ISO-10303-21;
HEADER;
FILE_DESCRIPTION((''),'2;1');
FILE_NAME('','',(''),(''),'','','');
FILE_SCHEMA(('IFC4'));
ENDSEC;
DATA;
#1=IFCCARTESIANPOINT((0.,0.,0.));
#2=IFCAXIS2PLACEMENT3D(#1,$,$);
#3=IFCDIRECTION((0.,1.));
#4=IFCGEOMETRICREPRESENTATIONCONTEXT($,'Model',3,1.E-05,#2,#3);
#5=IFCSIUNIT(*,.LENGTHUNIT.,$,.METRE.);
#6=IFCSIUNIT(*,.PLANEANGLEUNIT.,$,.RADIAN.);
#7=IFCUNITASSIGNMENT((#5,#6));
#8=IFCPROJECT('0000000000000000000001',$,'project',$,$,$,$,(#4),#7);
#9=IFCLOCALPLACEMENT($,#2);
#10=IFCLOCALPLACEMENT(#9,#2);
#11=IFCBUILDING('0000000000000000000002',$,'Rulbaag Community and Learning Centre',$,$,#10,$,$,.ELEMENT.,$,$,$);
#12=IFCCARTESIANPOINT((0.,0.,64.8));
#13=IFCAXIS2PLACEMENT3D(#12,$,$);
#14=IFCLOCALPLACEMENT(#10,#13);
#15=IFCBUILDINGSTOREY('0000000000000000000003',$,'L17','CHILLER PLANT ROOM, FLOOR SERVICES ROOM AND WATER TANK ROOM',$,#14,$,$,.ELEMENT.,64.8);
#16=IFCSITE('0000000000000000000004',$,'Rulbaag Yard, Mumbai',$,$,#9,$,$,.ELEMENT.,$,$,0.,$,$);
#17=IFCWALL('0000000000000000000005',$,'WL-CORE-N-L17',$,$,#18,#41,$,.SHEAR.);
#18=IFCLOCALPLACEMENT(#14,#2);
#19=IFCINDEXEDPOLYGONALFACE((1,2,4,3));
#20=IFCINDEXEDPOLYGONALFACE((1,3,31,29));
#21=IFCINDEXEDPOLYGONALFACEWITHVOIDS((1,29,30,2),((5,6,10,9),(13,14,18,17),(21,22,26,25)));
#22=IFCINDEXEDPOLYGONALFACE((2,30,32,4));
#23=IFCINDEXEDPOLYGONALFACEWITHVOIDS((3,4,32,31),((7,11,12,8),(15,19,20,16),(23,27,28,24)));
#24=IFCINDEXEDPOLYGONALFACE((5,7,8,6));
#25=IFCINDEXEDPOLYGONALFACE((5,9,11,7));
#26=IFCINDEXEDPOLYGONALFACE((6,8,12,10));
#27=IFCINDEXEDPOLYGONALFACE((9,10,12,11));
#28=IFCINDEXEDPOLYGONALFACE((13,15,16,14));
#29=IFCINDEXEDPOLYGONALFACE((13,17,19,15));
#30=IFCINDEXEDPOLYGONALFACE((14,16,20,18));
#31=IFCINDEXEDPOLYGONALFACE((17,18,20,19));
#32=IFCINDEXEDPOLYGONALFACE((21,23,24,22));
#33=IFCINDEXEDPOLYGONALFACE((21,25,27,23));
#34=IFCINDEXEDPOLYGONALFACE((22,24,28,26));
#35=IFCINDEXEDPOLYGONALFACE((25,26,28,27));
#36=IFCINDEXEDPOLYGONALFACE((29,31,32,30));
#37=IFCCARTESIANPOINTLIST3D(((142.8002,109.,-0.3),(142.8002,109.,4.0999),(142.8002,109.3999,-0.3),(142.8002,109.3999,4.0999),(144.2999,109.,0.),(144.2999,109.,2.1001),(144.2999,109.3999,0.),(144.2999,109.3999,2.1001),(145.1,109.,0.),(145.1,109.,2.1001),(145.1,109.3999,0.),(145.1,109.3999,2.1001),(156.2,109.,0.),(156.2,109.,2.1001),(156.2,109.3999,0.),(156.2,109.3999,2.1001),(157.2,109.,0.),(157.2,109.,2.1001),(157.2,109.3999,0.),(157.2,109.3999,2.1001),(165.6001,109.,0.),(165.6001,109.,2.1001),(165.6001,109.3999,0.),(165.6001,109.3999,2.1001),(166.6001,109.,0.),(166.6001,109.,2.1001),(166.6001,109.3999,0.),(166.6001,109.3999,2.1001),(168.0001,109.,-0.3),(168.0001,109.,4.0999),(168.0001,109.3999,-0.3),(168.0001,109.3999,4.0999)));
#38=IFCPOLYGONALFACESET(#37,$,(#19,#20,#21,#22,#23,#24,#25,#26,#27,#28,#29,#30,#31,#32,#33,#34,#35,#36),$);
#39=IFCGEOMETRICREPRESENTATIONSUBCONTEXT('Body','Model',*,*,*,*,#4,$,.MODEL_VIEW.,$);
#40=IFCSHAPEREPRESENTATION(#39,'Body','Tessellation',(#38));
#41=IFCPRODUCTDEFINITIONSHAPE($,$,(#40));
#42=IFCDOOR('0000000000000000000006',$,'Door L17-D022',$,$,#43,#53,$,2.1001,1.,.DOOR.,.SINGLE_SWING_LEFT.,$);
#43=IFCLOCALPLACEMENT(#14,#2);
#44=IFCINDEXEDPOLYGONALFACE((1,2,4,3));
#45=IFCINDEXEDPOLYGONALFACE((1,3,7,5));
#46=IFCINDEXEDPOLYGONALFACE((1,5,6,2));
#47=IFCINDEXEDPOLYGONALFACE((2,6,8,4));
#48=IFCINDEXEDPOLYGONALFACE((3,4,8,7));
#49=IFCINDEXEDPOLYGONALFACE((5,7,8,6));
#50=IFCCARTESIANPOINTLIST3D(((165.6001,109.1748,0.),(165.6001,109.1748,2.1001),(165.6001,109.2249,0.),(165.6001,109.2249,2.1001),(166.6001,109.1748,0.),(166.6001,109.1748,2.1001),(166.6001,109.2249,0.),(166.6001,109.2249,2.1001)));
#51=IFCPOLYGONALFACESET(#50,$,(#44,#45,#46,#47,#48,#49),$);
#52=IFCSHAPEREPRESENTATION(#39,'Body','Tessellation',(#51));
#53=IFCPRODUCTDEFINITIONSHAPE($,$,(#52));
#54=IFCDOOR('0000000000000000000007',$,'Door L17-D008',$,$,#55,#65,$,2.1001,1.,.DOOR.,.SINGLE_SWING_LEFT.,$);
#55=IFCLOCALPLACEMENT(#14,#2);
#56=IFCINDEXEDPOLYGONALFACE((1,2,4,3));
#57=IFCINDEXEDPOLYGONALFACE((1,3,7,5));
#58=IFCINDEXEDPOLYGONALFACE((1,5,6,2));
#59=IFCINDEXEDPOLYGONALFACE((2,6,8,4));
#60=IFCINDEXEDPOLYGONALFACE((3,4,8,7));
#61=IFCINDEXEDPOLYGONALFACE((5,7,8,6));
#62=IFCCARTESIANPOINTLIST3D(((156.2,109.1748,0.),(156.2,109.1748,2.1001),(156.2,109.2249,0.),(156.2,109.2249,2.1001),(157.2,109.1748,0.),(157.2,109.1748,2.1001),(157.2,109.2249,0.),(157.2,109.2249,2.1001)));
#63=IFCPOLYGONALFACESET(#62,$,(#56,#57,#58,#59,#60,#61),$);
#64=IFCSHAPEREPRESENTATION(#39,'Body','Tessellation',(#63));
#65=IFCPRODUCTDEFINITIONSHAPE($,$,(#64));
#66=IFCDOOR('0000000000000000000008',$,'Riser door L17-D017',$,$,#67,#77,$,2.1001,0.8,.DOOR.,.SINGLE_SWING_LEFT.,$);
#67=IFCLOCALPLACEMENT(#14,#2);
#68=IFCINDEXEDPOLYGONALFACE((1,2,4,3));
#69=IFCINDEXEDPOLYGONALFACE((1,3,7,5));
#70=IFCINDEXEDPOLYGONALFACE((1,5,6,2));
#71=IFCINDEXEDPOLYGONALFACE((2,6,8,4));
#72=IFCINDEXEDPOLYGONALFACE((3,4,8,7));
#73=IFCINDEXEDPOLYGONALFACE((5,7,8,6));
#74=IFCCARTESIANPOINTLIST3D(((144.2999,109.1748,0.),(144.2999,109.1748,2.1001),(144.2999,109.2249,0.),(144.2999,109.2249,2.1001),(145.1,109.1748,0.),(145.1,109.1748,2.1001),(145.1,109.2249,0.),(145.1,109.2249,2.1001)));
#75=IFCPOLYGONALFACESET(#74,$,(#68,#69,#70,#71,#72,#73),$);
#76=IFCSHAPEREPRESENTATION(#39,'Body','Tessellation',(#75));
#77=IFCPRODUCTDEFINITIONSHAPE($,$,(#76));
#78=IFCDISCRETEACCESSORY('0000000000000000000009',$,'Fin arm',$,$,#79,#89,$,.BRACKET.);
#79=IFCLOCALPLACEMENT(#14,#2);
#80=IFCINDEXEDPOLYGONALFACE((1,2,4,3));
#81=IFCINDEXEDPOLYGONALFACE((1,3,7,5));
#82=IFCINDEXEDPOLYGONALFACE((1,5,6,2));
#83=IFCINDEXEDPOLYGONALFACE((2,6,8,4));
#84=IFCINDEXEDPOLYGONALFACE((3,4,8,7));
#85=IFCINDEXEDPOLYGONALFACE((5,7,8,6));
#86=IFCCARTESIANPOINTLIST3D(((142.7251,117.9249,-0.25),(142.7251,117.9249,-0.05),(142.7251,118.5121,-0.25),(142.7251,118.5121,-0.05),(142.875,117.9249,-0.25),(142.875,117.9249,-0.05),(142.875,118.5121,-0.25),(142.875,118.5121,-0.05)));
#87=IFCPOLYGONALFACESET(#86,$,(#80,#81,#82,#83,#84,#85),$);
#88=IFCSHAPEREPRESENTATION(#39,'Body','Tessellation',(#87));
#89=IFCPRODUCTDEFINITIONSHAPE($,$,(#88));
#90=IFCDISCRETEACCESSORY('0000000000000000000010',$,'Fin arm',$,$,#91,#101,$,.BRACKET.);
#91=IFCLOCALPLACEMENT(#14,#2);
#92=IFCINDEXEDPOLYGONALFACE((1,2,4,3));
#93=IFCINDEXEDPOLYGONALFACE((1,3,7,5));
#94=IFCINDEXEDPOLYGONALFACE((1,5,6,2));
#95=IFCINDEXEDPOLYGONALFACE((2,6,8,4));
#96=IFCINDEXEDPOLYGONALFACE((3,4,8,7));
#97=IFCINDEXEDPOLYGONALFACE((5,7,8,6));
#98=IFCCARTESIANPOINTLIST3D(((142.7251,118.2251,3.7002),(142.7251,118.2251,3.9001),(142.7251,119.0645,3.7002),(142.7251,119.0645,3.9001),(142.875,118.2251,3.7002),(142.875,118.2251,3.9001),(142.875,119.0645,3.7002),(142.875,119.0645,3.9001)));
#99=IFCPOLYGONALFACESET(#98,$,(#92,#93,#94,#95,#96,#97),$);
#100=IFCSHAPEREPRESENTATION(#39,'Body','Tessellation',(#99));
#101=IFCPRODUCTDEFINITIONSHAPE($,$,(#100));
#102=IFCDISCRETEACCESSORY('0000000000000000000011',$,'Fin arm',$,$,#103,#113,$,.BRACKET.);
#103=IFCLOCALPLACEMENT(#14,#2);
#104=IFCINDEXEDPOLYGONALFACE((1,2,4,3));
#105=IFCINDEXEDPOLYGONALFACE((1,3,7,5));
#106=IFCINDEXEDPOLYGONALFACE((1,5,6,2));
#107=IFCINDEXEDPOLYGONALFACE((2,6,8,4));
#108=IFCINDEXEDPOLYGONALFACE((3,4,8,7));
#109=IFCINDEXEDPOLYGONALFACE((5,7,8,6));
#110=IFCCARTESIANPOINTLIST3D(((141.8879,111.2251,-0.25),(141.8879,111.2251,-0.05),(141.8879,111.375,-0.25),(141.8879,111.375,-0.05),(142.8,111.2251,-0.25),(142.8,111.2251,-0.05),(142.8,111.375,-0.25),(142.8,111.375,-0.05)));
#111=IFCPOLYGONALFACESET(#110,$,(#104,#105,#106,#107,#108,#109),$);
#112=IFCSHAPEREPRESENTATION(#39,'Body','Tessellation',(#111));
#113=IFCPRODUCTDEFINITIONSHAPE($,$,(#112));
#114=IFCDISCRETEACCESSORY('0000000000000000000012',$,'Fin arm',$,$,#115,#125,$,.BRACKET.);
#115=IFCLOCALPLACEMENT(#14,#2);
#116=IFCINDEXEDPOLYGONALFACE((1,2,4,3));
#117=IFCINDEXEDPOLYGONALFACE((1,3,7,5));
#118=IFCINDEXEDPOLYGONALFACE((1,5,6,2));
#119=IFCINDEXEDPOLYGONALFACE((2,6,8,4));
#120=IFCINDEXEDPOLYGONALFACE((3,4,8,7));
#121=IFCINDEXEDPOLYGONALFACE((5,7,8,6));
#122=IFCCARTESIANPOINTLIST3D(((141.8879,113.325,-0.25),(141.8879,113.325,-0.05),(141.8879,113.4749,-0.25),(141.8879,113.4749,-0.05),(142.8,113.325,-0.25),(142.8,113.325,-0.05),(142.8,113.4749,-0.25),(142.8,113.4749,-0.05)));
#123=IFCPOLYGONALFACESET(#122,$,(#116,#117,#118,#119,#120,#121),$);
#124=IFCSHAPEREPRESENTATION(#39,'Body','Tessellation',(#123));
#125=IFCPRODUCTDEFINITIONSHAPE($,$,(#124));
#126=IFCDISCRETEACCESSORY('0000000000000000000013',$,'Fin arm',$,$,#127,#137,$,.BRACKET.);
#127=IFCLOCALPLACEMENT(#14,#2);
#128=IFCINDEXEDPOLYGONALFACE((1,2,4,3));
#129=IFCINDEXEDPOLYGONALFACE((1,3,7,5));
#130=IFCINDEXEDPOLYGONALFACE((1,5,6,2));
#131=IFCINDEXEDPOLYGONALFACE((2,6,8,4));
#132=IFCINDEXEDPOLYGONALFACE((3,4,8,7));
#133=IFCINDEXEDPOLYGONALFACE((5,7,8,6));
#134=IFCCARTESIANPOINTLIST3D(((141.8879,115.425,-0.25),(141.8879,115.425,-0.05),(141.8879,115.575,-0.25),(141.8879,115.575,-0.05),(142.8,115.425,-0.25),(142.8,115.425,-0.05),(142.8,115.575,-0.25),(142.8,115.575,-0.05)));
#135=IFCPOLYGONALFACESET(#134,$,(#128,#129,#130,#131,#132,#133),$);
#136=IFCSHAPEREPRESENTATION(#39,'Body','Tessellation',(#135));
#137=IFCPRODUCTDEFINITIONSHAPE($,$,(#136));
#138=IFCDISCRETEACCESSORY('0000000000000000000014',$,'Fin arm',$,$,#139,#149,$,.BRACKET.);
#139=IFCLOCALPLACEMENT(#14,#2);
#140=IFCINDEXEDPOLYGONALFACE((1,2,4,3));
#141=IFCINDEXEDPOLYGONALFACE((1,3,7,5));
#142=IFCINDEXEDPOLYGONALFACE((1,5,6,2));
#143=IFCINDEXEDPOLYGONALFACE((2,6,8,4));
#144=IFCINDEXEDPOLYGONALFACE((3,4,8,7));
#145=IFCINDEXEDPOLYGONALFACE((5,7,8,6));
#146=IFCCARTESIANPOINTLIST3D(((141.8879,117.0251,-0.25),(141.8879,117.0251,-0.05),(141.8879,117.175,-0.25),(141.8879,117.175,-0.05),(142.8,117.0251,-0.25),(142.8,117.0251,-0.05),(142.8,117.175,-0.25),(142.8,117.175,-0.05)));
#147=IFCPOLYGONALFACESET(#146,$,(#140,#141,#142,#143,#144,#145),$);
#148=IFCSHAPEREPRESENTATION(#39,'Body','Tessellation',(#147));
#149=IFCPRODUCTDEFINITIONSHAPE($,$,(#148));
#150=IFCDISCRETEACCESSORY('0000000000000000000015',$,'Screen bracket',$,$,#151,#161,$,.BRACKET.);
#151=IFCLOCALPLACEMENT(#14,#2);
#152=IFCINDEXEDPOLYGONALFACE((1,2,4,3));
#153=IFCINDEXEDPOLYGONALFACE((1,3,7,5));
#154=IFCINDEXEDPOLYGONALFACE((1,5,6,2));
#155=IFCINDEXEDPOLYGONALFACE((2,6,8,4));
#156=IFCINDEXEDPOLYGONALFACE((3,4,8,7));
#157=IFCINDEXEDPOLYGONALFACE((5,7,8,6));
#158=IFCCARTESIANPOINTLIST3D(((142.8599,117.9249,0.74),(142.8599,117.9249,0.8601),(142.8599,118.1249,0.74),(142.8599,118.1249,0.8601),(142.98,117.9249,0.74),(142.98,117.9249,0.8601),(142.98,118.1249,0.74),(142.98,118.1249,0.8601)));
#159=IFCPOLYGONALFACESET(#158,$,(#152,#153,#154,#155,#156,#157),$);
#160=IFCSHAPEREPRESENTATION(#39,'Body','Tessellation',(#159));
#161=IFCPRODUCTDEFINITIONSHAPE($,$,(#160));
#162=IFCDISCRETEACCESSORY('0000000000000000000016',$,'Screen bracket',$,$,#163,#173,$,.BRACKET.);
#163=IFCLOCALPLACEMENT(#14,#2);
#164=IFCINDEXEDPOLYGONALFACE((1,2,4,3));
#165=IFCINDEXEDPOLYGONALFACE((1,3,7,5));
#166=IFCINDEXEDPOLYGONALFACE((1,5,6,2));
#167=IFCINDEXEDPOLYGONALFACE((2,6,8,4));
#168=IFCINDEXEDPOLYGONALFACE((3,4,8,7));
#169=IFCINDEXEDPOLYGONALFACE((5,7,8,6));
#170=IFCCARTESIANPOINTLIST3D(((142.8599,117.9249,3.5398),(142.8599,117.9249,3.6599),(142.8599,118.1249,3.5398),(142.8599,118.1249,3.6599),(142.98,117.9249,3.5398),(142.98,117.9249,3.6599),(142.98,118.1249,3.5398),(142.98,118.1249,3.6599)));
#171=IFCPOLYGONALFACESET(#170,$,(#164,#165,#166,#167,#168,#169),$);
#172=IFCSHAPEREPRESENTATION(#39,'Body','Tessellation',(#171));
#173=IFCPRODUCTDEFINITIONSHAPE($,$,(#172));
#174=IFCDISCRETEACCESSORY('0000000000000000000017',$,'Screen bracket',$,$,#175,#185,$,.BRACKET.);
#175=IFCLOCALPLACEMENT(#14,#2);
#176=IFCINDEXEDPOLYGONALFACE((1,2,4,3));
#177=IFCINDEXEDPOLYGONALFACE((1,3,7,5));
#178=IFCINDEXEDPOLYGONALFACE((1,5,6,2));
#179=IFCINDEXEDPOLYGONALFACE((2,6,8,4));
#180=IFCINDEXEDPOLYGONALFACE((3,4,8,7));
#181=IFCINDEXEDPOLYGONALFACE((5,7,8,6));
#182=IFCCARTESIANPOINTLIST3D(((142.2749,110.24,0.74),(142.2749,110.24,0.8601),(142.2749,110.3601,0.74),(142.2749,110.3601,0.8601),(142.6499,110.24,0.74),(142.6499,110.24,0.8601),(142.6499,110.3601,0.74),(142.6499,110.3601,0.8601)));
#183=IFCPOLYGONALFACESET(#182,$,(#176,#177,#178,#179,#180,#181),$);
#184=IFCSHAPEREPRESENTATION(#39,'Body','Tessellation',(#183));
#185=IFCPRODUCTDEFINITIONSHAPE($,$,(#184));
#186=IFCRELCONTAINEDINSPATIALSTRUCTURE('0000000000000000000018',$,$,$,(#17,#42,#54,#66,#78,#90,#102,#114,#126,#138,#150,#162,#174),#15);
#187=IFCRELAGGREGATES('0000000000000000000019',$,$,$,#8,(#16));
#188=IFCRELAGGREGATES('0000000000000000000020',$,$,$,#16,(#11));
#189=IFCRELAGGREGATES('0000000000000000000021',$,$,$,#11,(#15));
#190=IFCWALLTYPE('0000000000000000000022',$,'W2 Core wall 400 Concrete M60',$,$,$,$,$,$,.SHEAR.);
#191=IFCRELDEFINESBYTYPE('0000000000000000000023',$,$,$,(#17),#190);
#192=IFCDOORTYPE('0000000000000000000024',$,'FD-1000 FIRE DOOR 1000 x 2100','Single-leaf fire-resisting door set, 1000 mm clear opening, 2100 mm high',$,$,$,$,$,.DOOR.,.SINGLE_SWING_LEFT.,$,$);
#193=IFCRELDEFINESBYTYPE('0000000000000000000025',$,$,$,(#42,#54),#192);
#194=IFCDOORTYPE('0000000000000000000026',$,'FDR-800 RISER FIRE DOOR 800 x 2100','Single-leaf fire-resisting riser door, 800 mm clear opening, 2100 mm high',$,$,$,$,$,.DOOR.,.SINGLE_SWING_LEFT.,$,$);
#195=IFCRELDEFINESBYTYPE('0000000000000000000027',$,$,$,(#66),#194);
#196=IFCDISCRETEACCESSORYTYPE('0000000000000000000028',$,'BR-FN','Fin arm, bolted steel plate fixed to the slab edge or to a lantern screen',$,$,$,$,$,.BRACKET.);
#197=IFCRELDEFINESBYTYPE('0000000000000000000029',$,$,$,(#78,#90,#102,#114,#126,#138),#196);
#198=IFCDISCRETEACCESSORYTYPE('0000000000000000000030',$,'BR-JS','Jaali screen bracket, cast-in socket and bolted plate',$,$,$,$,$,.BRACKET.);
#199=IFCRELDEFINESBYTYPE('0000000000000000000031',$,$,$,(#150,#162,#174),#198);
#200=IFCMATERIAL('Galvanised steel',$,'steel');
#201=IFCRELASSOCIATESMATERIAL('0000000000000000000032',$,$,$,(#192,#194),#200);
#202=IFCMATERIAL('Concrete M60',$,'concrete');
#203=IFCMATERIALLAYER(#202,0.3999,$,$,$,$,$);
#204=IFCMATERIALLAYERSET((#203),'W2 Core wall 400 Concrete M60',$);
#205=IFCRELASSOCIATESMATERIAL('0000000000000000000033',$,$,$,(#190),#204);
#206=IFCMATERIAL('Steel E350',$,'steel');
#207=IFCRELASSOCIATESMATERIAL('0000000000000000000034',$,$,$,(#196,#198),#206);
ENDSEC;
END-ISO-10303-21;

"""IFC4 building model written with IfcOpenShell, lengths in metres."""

from ifc_helpers import new_model, si_unit, direction, frame, frame_2d, origin, origin_2d, place, context, subcontext, project, spatial, rectangle, extrude, material, layer, layer_set, type_object, element, fill, save


model = new_model("IFC4")

# Units and contexts
model_context = context("Model", 3, precision=1e-05, world=origin(), true_north=direction((0.0, 1.0)))
body_context = subcontext(model_context, "Body", "Model", "MODEL_VIEW")
ifc_project = project(units=[si_unit("LENGTHUNIT", "METRE"), si_unit("PLANEANGLEUNIT", "RADIAN")], contexts=[model_context])

# Site, building, storey
site_placement = place(None, origin())
site = spatial("IfcSite", under=ifc_project, at=site_placement, Name="Rulbaag Yard, Mumbai", CompositionType="ELEMENT", RefElevation=0.0)
building_placement = place(site_placement, origin())
building = spatial("IfcBuilding", under=site, at=building_placement, Name="Rulbaag Community and Learning Centre", CompositionType="ELEMENT")
storey_placement = place(building_placement, frame((0.0, 0.0, 64.8)))
storey = spatial("IfcBuildingStorey", under=building, at=storey_placement, Name="L17", Description="CHILLER PLANT ROOM, FLOOR SERVICES ROOM AND WATER TANK ROOM", CompositionType="ELEMENT", Elevation=64.8)

# Wall, openings, doors
ifc_material_1 = material(Name="Galvanised steel", Category="steel")
door_type_1 = type_object("IfcDoorType", Name="FD-1000 FIRE DOOR 1000 x 2100", Description="Single-leaf fire-resisting door set, 1000 mm clear opening, 2100 mm high", OperationType="SINGLE_SWING_LEFT", PredefinedType="DOOR", material=ifc_material_1)
ifc_material_2 = material(Name="Concrete M60", Category="concrete")
ifc_layer_1 = layer(ifc_material_2, 0.3999)
ifc_layer_set_1 = layer_set([ifc_layer_1], Name="W2 Core wall 400 Concrete M60")
wall_type_1 = type_object("IfcWallType", Name="W2 Core wall 400 Concrete M60", PredefinedType="SHEAR", material=ifc_layer_set_1)
wall_1_placement = place(storey_placement, frame((142.8, 109.2, -0.3), z_axis=(0.0, 0.0, 1.0), x_axis=(1.0, 0.0, 0.0)))
wall_1 = element("IfcWall", 1, at=wall_1_placement, inside=storey, type_object=wall_type_1, Name="WL-CORE-N-L17", PredefinedType="SHEAR", context=body_context, shape_type="SweptSolid", body=[
    extrude(rectangle(XDim=25.2, YDim=0.3999, at=frame_2d((12.6001, 0.0))), origin(), (0.0, 0.0, 1.0), 4.3999),
])
opening_1_placement = place(wall_1_placement, frame((22.8, 0.0, 0.3)))
opening_1 = element("IfcOpeningElement", 2, at=opening_1_placement, cuts=wall_1, PredefinedType="OPENING", context=body_context, shape_type="SweptSolid", body=[
    extrude(rectangle(XDim=1.0, YDim=2.1001, at=frame_2d((0.5, 1.05))), frame((0.0, 0.21, 0.0), z_axis=(0.0, -1.0, 0.0), x_axis=(1.0, 0.0, 0.0)), (0.0, 0.0, 1.0), 0.4199),
])
opening_2_placement = place(wall_1_placement, frame((1.5, 0.0, 0.3)))
opening_2 = element("IfcOpeningElement", 3, at=opening_2_placement, cuts=wall_1, PredefinedType="OPENING", context=body_context, shape_type="SweptSolid", body=[
    extrude(rectangle(XDim=0.8, YDim=2.1001, at=frame_2d((0.3999, 1.05))), frame((0.0, 0.21, 0.0), z_axis=(0.0, -1.0, 0.0), x_axis=(1.0, 0.0, 0.0)), (0.0, 0.0, 1.0), 0.4199),
])
opening_3_placement = place(wall_1_placement, frame((13.3999, 0.0, 0.3)))
opening_3 = element("IfcOpeningElement", 4, at=opening_3_placement, cuts=wall_1, PredefinedType="OPENING", context=body_context, shape_type="SweptSolid", body=[
    extrude(rectangle(XDim=1.0, YDim=2.1001, at=frame_2d((0.5, 1.05))), frame((0.0, 0.21, 0.0), z_axis=(0.0, -1.0, 0.0), x_axis=(1.0, 0.0, 0.0)), (0.0, 0.0, 1.0), 0.4199),
])
door_1_placement = place(opening_1_placement, origin())
door_1 = element("IfcDoor", 5, at=door_1_placement, inside=storey, type_object=door_type_1, Name="Door L17-D022", OperationType="SINGLE_SWING_LEFT", OverallHeight=2.1001, OverallWidth=1.0, PredefinedType="DOOR", context=body_context, shape_type="SweptSolid", body=[
    extrude(rectangle(XDim=1.0, YDim=2.1001, at=frame_2d((0.5, 1.05))), frame((0.0, 0.0249, 0.0), z_axis=(0.0, -1.0, 0.0), x_axis=(1.0, 0.0, 0.0)), (0.0, 0.0, 1.0), 0.05),
])
fill(opening_1, door_1)
door_2_placement = place(opening_3_placement, origin())
door_2 = element("IfcDoor", 6, at=door_2_placement, inside=storey, type_object=door_type_1, Name="Door L17-D008", OperationType="SINGLE_SWING_LEFT", OverallHeight=2.1001, OverallWidth=1.0, PredefinedType="DOOR", context=body_context, shape_type="SweptSolid", body=[
    extrude(rectangle(XDim=1.0, YDim=2.1001, at=frame_2d((0.5, 1.05))), frame((0.0, 0.0249, 0.0), z_axis=(0.0, -1.0, 0.0), x_axis=(1.0, 0.0, 0.0)), (0.0, 0.0, 1.0), 0.05),
])
fill(opening_3, door_2)
door_type_2 = type_object("IfcDoorType", Name="FDR-800 RISER FIRE DOOR 800 x 2100", Description="Single-leaf fire-resisting riser door, 800 mm clear opening, 2100 mm high", OperationType="SINGLE_SWING_LEFT", PredefinedType="DOOR", material=ifc_material_1)
door_3_placement = place(opening_2_placement, origin())
door_3 = element("IfcDoor", 7, at=door_3_placement, inside=storey, type_object=door_type_2, Name="Riser door L17-D017", OperationType="SINGLE_SWING_LEFT", OverallHeight=2.1001, OverallWidth=0.8, PredefinedType="DOOR", context=body_context, shape_type="SweptSolid", body=[
    extrude(rectangle(XDim=0.8, YDim=2.1001, at=frame_2d((0.3999, 1.05))), frame((0.0, 0.0249, 0.0), z_axis=(0.0, -1.0, 0.0), x_axis=(1.0, 0.0, 0.0)), (0.0, 0.0, 1.0), 0.05),
])
fill(opening_2, door_3)

# Discrete accessories
ifc_material_3 = material(Name="Steel E350", Category="steel")
discrete_accessory_type_1 = type_object("IfcDiscreteAccessoryType", Name="BR-FN", Description="Fin arm, bolted steel plate fixed to the slab edge or to a lantern screen", PredefinedType="BRACKET", material=ifc_material_3)
discrete_accessory_1_placement = place(storey_placement, frame((142.8, 118.2185, -0.25), z_axis=(0.0, 0.0, 1.0), x_axis=(1.0, 0.0, 0.0)))
element("IfcDiscreteAccessory", 8, at=discrete_accessory_1_placement, inside=storey, type_object=discrete_accessory_type_1, Name="Fin arm", PredefinedType="BRACKET", context=body_context, shape_type="SweptSolid", body=[
    extrude(rectangle(XDim=0.1499, YDim=0.5872, at=origin_2d()), origin(), (0.0, 0.0, 1.0), 0.2),
])
discrete_accessory_2_placement = place(storey_placement, frame((142.8, 118.6448, 3.7002), z_axis=(0.0, 0.0, 1.0), x_axis=(1.0, 0.0, 0.0)))
element("IfcDiscreteAccessory", 9, at=discrete_accessory_2_placement, inside=storey, type_object=discrete_accessory_type_1, Name="Fin arm", PredefinedType="BRACKET", context=body_context, shape_type="SweptSolid", body=[
    extrude(rectangle(XDim=0.1499, YDim=0.8394, at=origin_2d()), origin(), (0.0, 0.0, 1.0), 0.2),
])
for number, where, z_axis, x_axis, name in (
    (10, (142.344, 111.3, -0.25), (0.0, 0.0, 1.0), (1.0, 0.0, 0.0), "Fin arm"),
    (11, (142.344, 113.3999, -0.25), (0.0, 0.0, 1.0), (1.0, 0.0, 0.0), "Fin arm"),
    (12, (142.344, 115.5, -0.25), (0.0, 0.0, 1.0), (1.0, 0.0, 0.0), "Fin arm"),
    (13, (142.344, 117.1001, -0.25), (0.0, 0.0, 1.0), (1.0, 0.0, 0.0), "Fin arm"),
):
    element("IfcDiscreteAccessory", number, at=place(storey_placement, frame(where, z_axis=z_axis, x_axis=x_axis)), inside=storey, type_object=discrete_accessory_type_1, Name=name, PredefinedType="BRACKET", context=body_context, shape_type="SweptSolid", body=[
        extrude(rectangle(XDim=0.9121, YDim=0.1499, at=origin_2d()), origin(), (0.0, 0.0, 1.0), 0.2),
    ])
discrete_accessory_type_2 = type_object("IfcDiscreteAccessoryType", Name="BR-JS", Description="Jaali screen bracket, cast-in socket and bolted plate", PredefinedType="BRACKET", material=ifc_material_3)
for number, where, z_axis, x_axis, name in (
    (14, (142.9199, 118.0249, 0.74), (0.0, 0.0, 1.0), (1.0, 0.0, 0.0), "Screen bracket"),
    (15, (142.9199, 118.0249, 3.5398), (0.0, 0.0, 1.0), (1.0, 0.0, 0.0), "Screen bracket"),
):
    element("IfcDiscreteAccessory", number, at=place(storey_placement, frame(where, z_axis=z_axis, x_axis=x_axis)), inside=storey, type_object=discrete_accessory_type_2, Name=name, PredefinedType="BRACKET", context=body_context, shape_type="SweptSolid", body=[
        extrude(rectangle(XDim=0.1201, YDim=0.2, at=origin_2d()), origin(), (0.0, 0.0, 1.0), 0.1201),
    ])
for number, where, z_axis, x_axis, name in (
    (16, (142.4624, 110.3, 0.74), (0.0, 0.0, 1.0), (1.0, 0.0, 0.0), "Screen bracket"),
):
    element("IfcDiscreteAccessory", number, at=place(storey_placement, frame(where, z_axis=z_axis, x_axis=x_axis)), inside=storey, type_object=discrete_accessory_type_2, Name=name, PredefinedType="BRACKET", context=body_context, shape_type="SweptSolid", body=[
        extrude(rectangle(XDim=0.375, YDim=0.1201, at=origin_2d()), origin(), (0.0, 0.0, 1.0), 0.1201),
    ])

save(model, "model.ifc")
